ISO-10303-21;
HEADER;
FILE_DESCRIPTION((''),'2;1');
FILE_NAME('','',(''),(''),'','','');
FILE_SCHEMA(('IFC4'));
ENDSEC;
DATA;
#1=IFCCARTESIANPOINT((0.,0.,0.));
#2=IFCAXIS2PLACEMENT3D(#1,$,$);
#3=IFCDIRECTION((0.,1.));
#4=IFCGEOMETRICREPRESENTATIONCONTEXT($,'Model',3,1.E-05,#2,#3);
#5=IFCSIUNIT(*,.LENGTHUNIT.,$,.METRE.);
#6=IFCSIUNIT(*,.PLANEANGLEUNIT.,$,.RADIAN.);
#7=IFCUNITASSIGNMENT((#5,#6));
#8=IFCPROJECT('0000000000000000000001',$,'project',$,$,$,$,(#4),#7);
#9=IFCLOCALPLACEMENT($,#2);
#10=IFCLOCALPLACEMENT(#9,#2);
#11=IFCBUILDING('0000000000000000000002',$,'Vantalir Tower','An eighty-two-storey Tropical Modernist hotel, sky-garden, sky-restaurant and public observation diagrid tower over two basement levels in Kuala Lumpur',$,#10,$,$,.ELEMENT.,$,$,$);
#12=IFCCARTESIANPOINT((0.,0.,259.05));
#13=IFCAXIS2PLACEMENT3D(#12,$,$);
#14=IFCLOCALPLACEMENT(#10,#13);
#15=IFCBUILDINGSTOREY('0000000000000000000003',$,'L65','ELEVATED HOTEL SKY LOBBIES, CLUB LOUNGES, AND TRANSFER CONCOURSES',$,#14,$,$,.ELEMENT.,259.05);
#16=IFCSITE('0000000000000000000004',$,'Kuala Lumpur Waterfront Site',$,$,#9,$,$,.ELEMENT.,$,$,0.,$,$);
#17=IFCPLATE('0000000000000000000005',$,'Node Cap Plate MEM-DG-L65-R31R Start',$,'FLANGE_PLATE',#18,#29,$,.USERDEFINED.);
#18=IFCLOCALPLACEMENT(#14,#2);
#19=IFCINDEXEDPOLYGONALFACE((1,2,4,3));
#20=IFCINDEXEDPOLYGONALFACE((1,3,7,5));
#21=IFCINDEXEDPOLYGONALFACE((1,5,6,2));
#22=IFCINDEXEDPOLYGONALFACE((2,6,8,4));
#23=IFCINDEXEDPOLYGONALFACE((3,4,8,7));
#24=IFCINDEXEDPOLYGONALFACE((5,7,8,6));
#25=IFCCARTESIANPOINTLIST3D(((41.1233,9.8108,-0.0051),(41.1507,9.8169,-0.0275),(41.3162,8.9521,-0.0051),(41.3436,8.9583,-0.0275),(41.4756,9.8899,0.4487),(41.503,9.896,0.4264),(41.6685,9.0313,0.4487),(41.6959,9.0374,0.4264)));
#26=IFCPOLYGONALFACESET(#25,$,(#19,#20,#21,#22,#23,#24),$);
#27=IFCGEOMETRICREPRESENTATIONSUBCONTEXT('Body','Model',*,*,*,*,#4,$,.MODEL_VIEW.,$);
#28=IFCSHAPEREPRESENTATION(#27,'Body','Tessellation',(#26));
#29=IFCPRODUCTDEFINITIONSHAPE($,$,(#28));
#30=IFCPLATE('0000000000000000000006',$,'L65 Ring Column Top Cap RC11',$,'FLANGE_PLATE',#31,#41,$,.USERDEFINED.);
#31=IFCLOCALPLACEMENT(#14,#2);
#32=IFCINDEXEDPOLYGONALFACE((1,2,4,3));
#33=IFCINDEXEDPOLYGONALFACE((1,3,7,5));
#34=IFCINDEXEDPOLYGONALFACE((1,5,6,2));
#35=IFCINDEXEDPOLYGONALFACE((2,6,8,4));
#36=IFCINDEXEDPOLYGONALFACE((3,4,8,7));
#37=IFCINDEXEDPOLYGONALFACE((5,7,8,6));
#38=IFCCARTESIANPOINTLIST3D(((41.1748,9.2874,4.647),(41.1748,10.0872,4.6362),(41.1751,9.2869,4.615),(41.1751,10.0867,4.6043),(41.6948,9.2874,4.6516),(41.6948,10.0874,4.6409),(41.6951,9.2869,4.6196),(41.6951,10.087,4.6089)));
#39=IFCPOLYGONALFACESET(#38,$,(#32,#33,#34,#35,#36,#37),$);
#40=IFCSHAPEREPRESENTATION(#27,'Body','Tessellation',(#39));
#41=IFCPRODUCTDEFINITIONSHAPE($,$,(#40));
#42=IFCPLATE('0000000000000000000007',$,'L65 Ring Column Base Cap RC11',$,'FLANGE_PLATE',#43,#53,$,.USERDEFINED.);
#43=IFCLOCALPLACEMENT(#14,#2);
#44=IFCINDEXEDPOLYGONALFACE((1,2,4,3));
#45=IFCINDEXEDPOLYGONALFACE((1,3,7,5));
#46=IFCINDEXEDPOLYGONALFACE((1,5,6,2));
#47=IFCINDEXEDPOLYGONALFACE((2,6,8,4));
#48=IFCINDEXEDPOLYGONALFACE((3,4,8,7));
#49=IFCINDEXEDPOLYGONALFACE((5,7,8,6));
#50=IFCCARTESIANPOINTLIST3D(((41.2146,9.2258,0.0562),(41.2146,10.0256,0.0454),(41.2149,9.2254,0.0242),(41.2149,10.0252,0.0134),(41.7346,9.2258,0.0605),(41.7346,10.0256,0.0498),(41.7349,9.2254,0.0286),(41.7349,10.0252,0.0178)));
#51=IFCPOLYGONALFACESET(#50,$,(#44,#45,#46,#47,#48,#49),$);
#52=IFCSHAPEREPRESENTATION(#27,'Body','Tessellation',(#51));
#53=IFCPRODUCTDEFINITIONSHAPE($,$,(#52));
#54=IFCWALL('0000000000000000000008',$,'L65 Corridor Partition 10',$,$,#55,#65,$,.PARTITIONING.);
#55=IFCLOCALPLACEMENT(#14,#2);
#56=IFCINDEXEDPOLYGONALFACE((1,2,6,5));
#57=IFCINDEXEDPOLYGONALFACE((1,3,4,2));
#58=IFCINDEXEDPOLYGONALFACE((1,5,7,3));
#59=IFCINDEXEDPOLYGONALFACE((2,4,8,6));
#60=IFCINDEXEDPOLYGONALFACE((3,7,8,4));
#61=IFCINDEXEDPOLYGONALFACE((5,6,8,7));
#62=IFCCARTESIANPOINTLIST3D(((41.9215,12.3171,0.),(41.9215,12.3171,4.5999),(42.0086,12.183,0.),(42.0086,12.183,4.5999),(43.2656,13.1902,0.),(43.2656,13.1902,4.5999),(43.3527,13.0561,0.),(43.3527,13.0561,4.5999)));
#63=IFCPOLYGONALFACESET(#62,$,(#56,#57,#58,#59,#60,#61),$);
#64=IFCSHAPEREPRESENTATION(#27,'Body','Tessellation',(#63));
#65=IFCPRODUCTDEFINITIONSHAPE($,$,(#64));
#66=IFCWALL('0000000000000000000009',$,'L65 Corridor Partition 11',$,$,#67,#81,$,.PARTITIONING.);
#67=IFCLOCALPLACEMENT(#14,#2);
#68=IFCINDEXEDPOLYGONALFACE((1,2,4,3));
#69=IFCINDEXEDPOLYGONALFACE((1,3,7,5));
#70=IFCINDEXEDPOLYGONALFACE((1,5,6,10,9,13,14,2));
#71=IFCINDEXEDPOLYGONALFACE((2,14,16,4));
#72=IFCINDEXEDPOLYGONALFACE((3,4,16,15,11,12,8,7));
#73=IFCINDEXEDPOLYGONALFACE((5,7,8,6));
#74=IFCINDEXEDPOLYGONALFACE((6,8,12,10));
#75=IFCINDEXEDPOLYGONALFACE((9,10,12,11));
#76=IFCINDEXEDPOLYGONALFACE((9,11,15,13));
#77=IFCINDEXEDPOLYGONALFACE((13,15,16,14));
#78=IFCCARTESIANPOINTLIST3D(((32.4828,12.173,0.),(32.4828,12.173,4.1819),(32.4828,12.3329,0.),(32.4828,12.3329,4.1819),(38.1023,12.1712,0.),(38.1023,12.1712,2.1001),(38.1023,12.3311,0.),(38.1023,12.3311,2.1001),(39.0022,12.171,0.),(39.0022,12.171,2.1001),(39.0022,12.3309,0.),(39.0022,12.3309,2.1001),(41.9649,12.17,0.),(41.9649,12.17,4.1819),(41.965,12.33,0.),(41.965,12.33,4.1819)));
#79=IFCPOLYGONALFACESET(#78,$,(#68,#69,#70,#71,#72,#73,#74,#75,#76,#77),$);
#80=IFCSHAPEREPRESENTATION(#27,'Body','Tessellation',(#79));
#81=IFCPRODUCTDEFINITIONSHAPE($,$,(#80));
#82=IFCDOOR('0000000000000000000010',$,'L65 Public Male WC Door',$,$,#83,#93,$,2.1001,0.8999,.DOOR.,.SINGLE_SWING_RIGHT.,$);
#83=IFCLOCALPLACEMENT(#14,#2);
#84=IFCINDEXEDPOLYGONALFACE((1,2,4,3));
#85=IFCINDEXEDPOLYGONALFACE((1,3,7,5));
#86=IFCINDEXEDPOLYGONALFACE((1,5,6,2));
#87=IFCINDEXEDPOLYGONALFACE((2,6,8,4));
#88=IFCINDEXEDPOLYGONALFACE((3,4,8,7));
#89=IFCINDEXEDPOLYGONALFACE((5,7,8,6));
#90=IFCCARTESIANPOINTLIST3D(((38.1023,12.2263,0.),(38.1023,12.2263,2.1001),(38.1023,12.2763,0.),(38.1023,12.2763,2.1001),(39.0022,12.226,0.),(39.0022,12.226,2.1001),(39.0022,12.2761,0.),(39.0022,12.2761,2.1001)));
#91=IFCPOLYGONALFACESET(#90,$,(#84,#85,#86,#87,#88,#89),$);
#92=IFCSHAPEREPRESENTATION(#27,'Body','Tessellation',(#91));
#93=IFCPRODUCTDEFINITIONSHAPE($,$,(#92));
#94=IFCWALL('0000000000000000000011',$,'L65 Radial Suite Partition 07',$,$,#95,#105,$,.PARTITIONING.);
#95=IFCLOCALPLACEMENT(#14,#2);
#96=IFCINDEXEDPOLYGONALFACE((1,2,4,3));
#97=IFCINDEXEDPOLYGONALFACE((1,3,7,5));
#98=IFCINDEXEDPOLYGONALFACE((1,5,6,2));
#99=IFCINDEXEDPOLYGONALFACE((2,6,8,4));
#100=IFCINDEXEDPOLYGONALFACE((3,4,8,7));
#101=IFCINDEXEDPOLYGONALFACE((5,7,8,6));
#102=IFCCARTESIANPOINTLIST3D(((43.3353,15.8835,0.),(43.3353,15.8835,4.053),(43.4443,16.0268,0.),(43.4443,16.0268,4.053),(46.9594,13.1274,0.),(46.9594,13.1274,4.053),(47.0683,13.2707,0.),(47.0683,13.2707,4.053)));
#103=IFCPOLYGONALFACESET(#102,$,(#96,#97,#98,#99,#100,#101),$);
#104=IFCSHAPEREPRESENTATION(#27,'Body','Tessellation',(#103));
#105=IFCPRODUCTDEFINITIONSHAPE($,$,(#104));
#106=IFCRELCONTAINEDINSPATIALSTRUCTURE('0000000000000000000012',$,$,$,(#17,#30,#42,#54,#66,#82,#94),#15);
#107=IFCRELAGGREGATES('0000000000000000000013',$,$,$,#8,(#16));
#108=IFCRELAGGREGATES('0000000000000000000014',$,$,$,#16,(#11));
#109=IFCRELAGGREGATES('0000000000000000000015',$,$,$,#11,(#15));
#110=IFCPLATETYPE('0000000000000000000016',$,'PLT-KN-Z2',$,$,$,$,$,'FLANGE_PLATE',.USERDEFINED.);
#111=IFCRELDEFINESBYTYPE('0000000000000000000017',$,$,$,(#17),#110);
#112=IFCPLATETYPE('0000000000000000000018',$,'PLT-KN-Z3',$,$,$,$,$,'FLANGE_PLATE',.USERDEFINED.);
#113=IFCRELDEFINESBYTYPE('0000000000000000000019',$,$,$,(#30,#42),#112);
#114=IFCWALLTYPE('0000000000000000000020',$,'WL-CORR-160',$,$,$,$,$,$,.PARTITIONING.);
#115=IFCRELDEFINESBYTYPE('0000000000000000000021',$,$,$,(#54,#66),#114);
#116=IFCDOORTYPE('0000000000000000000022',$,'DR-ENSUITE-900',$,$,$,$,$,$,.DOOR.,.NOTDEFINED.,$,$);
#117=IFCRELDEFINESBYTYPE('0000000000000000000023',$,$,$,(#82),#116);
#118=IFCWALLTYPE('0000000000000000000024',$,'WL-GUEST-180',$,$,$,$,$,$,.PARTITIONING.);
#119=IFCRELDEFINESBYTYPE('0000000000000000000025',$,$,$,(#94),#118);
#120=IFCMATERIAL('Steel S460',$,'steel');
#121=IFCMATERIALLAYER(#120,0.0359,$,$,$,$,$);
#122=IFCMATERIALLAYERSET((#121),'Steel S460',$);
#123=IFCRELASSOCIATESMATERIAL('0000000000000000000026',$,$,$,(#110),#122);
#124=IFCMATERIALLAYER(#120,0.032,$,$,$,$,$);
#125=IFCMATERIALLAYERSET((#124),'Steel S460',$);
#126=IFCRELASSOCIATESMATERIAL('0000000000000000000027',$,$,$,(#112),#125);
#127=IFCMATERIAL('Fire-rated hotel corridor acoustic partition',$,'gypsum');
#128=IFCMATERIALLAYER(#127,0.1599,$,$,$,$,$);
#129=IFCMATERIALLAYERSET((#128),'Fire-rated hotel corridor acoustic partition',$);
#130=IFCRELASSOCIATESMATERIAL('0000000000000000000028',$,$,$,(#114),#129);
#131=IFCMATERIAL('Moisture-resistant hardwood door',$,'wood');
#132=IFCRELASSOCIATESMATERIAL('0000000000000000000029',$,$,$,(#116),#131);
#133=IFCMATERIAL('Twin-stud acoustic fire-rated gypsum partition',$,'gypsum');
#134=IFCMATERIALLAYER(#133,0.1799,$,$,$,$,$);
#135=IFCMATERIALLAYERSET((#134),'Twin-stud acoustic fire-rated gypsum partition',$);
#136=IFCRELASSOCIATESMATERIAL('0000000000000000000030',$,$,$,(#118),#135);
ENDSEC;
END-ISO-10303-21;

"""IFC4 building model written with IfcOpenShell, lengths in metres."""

from ifc_helpers import new_model, si_unit, direction, frame, frame_2d, origin, place, context, subcontext, project, spatial, polyline, rectangle, outline, extrude, material, layer, layer_set, type_object, element, fill, save


model = new_model("IFC4")

# Units and contexts
model_context = context("Model", 3, precision=1e-05, world=origin(), true_north=direction((0.0, 1.0)))
body_context = subcontext(model_context, "Body", "Model", "MODEL_VIEW")
ifc_project = project(units=[si_unit("LENGTHUNIT", "METRE"), si_unit("PLANEANGLEUNIT", "RADIAN")], contexts=[model_context])

# Site, building, storey
site_placement = place(None, origin())
site = spatial("IfcSite", under=ifc_project, at=site_placement, Name="Kuala Lumpur Waterfront Site", CompositionType="ELEMENT", RefElevation=0.0)
building_placement = place(site_placement, origin())
building = spatial("IfcBuilding", under=site, at=building_placement, Name="Vantalir Tower", Description="An eighty-two-storey Tropical Modernist hotel, sky-garden, sky-restaurant and public observation diagrid tower over two basement levels in Kuala Lumpur", CompositionType="ELEMENT")
storey_placement = place(building_placement, frame((0.0, 0.0, 259.05)))
storey = spatial("IfcBuildingStorey", under=building, at=storey_placement, Name="L65", Description="ELEVATED HOTEL SKY LOBBIES, CLUB LOUNGES, AND TRANSFER CONCOURSES", CompositionType="ELEMENT", Elevation=259.05)

# Shared definitions
ifc_material_1 = material(Name="Steel S460", Category="steel")

# Plates
ifc_layer_1 = layer(ifc_material_1, 0.0359)
ifc_layer_set_1 = layer_set([ifc_layer_1], Name="Steel S460")
plate_type_1 = type_object("IfcPlateType", Name="PLT-KN-Z2", ElementType="FLANGE_PLATE", PredefinedType="USERDEFINED", material=ifc_layer_set_1)
plate_1_placement = place(storey_placement, frame((41.1233, 9.8108, -0.0051), z_axis=(-0.763539, -0.171509, 0.622569), x_axis=(0.219162, -0.975688, 0.0)))
element("IfcPlate", 1, at=plate_1_placement, inside=storey, type_object=plate_type_1, Name="Node Cap Plate MEM-DG-L65-R31R Start", ObjectType="FLANGE_PLATE", PredefinedType="USERDEFINED", context=body_context, shape_type="SweptSolid", body=[
    extrude(outline(polyline([(0.0, 0.0), (0.88, 0.0), (0.8801, 0.58), (0.0, 0.58), (0.0, 0.0)])), origin(), (0.0, 0.0, -1.0), 0.0359),
])
ifc_layer_2 = layer(ifc_material_1, 0.032)
ifc_layer_set_2 = layer_set([ifc_layer_2], Name="Steel S460")
plate_type_2 = type_object("IfcPlateType", Name="PLT-KN-Z3", ElementType="FLANGE_PLATE", PredefinedType="USERDEFINED", material=ifc_layer_set_2)
plate_2_placement = place(storey_placement, frame((41.1748, 10.0872, 4.6362), z_axis=(-0.008922, 0.013427, 0.99987), x_axis=(0.0, -0.99991, 0.013428)))
element("IfcPlate", 2, at=plate_2_placement, inside=storey, type_object=plate_type_2, Name="L65 Ring Column Top Cap RC11", ObjectType="FLANGE_PLATE", PredefinedType="USERDEFINED", context=body_context, shape_type="SweptSolid", body=[
    extrude(outline(polyline([(0.0, 0.0), (0.7999, 0.0), (0.7999, 0.52), (-0.0002, 0.52), (0.0, 0.0)])), origin(), (0.0, 0.0, -1.0), 0.032),
])
plate_3_placement = place(storey_placement, frame((41.2146, 10.0256, 0.0454), z_axis=(-0.00845, 0.013429, 0.999874), x_axis=(0.0, -0.99991, 0.01343)))
element("IfcPlate", 3, at=plate_3_placement, inside=storey, type_object=plate_type_2, Name="L65 Ring Column Base Cap RC11", ObjectType="FLANGE_PLATE", PredefinedType="USERDEFINED", context=body_context, shape_type="SweptSolid", body=[
    extrude(outline(polyline([(0.0, 0.0), (0.7999, 0.0), (0.7999, 0.52), (0.0001, 0.52), (0.0, 0.0)])), origin(), (0.0, 0.0, -1.0), 0.032),
])

# Wall
ifc_material_2 = material(Name="Fire-rated hotel corridor acoustic partition", Category="gypsum")
ifc_layer_3 = layer(ifc_material_2, 0.1599)
ifc_layer_set_3 = layer_set([ifc_layer_3], Name="Fire-rated hotel corridor acoustic partition")
wall_type_1 = type_object("IfcWallType", Name="WL-CORR-160", PredefinedType="PARTITIONING", material=ifc_layer_set_3)
wall_1_placement = place(storey_placement, frame((43.3091, 13.123, 0.0), z_axis=(0.0, 0.0, 1.0), x_axis=(-0.8386, -0.544747, 0.0)))
element("IfcWall", 4, at=wall_1_placement, inside=storey, type_object=wall_type_1, Name="L65 Corridor Partition 10", PredefinedType="PARTITIONING", context=body_context, shape_type="SweptSolid", body=[
    extrude(rectangle(XDim=1.6028, YDim=0.1599, at=frame_2d((0.8013, 0.0))), origin(), (0.0, 0.0, 1.0), 4.5999),
])

# Wall, opening, door
wall_2_placement = place(storey_placement, frame((41.9651, 12.25, 0.0), z_axis=(0.0, 0.0, 1.0), x_axis=(-1.0, 0.000309, 0.0)))
wall_2 = element("IfcWall", 5, at=wall_2_placement, inside=storey, type_object=wall_type_1, Name="L65 Corridor Partition 11", PredefinedType="PARTITIONING", context=body_context, shape_type="SweptSolid", body=[
    extrude(rectangle(XDim=9.4822, YDim=0.1599, at=frame_2d((4.7412, 0.0))), origin(), (0.0, 0.0, 1.0), 4.1819),
])
opening_placement = place(wall_2_placement, frame((2.9629, 0.0, 0.0)))
opening = element("IfcOpeningElement", 6, at=opening_placement, cuts=wall_2, PredefinedType="OPENING", context=body_context, shape_type="SweptSolid", body=[
    extrude(rectangle(XDim=0.8999, YDim=2.1001, at=frame_2d((0.45, 1.05))), frame((0.0, 0.0898, 0.0), z_axis=(0.0, -1.0, 0.0), x_axis=(1.0, 0.0, 0.0)), (0.0, 0.0, 1.0), 0.1799),
])
ifc_material_3 = material(Name="Moisture-resistant hardwood door", Category="wood")
door_type = type_object("IfcDoorType", Name="DR-ENSUITE-900", OperationType="NOTDEFINED", PredefinedType="DOOR", material=ifc_material_3)
door_placement = place(opening_placement, origin())
door = element("IfcDoor", 7, at=door_placement, inside=storey, type_object=door_type, Name="L65 Public Male WC Door", OperationType="SINGLE_SWING_RIGHT", OverallHeight=2.1001, OverallWidth=0.8999, PredefinedType="DOOR", context=body_context, shape_type="SweptSolid", body=[
    extrude(rectangle(XDim=0.8999, YDim=2.1001, at=frame_2d((0.45, 1.05))), frame((0.0, 0.0249, 0.0), z_axis=(0.0, -1.0, 0.0), x_axis=(1.0, 0.0, 0.0)), (0.0, 0.0, 1.0), 0.05),
])
fill(opening, door)

# Wall
ifc_material_4 = material(Name="Twin-stud acoustic fire-rated gypsum partition", Category="gypsum")
ifc_layer_4 = layer(ifc_material_4, 0.1799)
ifc_layer_set_4 = layer_set([ifc_layer_4], Name="Twin-stud acoustic fire-rated gypsum partition")
wall_type_2 = type_object("IfcWallType", Name="WL-GUEST-180", PredefinedType="PARTITIONING", material=ifc_layer_set_4)
wall_3_placement = place(storey_placement, frame((43.3899, 15.9551, 0.0), z_axis=(0.0, 0.0, 1.0), x_axis=(0.795967, -0.60534, 0.0)))
element("IfcWall", 8, at=wall_3_placement, inside=storey, type_object=wall_type_2, Name="L65 Radial Suite Partition 07", PredefinedType="PARTITIONING", context=body_context, shape_type="SweptSolid", body=[
    extrude(rectangle(XDim=4.553, YDim=0.1799, at=frame_2d((2.2764, 0.0))), origin(), (0.0, 0.0, 1.0), 4.053),
])

save(model, "model.ifc")
